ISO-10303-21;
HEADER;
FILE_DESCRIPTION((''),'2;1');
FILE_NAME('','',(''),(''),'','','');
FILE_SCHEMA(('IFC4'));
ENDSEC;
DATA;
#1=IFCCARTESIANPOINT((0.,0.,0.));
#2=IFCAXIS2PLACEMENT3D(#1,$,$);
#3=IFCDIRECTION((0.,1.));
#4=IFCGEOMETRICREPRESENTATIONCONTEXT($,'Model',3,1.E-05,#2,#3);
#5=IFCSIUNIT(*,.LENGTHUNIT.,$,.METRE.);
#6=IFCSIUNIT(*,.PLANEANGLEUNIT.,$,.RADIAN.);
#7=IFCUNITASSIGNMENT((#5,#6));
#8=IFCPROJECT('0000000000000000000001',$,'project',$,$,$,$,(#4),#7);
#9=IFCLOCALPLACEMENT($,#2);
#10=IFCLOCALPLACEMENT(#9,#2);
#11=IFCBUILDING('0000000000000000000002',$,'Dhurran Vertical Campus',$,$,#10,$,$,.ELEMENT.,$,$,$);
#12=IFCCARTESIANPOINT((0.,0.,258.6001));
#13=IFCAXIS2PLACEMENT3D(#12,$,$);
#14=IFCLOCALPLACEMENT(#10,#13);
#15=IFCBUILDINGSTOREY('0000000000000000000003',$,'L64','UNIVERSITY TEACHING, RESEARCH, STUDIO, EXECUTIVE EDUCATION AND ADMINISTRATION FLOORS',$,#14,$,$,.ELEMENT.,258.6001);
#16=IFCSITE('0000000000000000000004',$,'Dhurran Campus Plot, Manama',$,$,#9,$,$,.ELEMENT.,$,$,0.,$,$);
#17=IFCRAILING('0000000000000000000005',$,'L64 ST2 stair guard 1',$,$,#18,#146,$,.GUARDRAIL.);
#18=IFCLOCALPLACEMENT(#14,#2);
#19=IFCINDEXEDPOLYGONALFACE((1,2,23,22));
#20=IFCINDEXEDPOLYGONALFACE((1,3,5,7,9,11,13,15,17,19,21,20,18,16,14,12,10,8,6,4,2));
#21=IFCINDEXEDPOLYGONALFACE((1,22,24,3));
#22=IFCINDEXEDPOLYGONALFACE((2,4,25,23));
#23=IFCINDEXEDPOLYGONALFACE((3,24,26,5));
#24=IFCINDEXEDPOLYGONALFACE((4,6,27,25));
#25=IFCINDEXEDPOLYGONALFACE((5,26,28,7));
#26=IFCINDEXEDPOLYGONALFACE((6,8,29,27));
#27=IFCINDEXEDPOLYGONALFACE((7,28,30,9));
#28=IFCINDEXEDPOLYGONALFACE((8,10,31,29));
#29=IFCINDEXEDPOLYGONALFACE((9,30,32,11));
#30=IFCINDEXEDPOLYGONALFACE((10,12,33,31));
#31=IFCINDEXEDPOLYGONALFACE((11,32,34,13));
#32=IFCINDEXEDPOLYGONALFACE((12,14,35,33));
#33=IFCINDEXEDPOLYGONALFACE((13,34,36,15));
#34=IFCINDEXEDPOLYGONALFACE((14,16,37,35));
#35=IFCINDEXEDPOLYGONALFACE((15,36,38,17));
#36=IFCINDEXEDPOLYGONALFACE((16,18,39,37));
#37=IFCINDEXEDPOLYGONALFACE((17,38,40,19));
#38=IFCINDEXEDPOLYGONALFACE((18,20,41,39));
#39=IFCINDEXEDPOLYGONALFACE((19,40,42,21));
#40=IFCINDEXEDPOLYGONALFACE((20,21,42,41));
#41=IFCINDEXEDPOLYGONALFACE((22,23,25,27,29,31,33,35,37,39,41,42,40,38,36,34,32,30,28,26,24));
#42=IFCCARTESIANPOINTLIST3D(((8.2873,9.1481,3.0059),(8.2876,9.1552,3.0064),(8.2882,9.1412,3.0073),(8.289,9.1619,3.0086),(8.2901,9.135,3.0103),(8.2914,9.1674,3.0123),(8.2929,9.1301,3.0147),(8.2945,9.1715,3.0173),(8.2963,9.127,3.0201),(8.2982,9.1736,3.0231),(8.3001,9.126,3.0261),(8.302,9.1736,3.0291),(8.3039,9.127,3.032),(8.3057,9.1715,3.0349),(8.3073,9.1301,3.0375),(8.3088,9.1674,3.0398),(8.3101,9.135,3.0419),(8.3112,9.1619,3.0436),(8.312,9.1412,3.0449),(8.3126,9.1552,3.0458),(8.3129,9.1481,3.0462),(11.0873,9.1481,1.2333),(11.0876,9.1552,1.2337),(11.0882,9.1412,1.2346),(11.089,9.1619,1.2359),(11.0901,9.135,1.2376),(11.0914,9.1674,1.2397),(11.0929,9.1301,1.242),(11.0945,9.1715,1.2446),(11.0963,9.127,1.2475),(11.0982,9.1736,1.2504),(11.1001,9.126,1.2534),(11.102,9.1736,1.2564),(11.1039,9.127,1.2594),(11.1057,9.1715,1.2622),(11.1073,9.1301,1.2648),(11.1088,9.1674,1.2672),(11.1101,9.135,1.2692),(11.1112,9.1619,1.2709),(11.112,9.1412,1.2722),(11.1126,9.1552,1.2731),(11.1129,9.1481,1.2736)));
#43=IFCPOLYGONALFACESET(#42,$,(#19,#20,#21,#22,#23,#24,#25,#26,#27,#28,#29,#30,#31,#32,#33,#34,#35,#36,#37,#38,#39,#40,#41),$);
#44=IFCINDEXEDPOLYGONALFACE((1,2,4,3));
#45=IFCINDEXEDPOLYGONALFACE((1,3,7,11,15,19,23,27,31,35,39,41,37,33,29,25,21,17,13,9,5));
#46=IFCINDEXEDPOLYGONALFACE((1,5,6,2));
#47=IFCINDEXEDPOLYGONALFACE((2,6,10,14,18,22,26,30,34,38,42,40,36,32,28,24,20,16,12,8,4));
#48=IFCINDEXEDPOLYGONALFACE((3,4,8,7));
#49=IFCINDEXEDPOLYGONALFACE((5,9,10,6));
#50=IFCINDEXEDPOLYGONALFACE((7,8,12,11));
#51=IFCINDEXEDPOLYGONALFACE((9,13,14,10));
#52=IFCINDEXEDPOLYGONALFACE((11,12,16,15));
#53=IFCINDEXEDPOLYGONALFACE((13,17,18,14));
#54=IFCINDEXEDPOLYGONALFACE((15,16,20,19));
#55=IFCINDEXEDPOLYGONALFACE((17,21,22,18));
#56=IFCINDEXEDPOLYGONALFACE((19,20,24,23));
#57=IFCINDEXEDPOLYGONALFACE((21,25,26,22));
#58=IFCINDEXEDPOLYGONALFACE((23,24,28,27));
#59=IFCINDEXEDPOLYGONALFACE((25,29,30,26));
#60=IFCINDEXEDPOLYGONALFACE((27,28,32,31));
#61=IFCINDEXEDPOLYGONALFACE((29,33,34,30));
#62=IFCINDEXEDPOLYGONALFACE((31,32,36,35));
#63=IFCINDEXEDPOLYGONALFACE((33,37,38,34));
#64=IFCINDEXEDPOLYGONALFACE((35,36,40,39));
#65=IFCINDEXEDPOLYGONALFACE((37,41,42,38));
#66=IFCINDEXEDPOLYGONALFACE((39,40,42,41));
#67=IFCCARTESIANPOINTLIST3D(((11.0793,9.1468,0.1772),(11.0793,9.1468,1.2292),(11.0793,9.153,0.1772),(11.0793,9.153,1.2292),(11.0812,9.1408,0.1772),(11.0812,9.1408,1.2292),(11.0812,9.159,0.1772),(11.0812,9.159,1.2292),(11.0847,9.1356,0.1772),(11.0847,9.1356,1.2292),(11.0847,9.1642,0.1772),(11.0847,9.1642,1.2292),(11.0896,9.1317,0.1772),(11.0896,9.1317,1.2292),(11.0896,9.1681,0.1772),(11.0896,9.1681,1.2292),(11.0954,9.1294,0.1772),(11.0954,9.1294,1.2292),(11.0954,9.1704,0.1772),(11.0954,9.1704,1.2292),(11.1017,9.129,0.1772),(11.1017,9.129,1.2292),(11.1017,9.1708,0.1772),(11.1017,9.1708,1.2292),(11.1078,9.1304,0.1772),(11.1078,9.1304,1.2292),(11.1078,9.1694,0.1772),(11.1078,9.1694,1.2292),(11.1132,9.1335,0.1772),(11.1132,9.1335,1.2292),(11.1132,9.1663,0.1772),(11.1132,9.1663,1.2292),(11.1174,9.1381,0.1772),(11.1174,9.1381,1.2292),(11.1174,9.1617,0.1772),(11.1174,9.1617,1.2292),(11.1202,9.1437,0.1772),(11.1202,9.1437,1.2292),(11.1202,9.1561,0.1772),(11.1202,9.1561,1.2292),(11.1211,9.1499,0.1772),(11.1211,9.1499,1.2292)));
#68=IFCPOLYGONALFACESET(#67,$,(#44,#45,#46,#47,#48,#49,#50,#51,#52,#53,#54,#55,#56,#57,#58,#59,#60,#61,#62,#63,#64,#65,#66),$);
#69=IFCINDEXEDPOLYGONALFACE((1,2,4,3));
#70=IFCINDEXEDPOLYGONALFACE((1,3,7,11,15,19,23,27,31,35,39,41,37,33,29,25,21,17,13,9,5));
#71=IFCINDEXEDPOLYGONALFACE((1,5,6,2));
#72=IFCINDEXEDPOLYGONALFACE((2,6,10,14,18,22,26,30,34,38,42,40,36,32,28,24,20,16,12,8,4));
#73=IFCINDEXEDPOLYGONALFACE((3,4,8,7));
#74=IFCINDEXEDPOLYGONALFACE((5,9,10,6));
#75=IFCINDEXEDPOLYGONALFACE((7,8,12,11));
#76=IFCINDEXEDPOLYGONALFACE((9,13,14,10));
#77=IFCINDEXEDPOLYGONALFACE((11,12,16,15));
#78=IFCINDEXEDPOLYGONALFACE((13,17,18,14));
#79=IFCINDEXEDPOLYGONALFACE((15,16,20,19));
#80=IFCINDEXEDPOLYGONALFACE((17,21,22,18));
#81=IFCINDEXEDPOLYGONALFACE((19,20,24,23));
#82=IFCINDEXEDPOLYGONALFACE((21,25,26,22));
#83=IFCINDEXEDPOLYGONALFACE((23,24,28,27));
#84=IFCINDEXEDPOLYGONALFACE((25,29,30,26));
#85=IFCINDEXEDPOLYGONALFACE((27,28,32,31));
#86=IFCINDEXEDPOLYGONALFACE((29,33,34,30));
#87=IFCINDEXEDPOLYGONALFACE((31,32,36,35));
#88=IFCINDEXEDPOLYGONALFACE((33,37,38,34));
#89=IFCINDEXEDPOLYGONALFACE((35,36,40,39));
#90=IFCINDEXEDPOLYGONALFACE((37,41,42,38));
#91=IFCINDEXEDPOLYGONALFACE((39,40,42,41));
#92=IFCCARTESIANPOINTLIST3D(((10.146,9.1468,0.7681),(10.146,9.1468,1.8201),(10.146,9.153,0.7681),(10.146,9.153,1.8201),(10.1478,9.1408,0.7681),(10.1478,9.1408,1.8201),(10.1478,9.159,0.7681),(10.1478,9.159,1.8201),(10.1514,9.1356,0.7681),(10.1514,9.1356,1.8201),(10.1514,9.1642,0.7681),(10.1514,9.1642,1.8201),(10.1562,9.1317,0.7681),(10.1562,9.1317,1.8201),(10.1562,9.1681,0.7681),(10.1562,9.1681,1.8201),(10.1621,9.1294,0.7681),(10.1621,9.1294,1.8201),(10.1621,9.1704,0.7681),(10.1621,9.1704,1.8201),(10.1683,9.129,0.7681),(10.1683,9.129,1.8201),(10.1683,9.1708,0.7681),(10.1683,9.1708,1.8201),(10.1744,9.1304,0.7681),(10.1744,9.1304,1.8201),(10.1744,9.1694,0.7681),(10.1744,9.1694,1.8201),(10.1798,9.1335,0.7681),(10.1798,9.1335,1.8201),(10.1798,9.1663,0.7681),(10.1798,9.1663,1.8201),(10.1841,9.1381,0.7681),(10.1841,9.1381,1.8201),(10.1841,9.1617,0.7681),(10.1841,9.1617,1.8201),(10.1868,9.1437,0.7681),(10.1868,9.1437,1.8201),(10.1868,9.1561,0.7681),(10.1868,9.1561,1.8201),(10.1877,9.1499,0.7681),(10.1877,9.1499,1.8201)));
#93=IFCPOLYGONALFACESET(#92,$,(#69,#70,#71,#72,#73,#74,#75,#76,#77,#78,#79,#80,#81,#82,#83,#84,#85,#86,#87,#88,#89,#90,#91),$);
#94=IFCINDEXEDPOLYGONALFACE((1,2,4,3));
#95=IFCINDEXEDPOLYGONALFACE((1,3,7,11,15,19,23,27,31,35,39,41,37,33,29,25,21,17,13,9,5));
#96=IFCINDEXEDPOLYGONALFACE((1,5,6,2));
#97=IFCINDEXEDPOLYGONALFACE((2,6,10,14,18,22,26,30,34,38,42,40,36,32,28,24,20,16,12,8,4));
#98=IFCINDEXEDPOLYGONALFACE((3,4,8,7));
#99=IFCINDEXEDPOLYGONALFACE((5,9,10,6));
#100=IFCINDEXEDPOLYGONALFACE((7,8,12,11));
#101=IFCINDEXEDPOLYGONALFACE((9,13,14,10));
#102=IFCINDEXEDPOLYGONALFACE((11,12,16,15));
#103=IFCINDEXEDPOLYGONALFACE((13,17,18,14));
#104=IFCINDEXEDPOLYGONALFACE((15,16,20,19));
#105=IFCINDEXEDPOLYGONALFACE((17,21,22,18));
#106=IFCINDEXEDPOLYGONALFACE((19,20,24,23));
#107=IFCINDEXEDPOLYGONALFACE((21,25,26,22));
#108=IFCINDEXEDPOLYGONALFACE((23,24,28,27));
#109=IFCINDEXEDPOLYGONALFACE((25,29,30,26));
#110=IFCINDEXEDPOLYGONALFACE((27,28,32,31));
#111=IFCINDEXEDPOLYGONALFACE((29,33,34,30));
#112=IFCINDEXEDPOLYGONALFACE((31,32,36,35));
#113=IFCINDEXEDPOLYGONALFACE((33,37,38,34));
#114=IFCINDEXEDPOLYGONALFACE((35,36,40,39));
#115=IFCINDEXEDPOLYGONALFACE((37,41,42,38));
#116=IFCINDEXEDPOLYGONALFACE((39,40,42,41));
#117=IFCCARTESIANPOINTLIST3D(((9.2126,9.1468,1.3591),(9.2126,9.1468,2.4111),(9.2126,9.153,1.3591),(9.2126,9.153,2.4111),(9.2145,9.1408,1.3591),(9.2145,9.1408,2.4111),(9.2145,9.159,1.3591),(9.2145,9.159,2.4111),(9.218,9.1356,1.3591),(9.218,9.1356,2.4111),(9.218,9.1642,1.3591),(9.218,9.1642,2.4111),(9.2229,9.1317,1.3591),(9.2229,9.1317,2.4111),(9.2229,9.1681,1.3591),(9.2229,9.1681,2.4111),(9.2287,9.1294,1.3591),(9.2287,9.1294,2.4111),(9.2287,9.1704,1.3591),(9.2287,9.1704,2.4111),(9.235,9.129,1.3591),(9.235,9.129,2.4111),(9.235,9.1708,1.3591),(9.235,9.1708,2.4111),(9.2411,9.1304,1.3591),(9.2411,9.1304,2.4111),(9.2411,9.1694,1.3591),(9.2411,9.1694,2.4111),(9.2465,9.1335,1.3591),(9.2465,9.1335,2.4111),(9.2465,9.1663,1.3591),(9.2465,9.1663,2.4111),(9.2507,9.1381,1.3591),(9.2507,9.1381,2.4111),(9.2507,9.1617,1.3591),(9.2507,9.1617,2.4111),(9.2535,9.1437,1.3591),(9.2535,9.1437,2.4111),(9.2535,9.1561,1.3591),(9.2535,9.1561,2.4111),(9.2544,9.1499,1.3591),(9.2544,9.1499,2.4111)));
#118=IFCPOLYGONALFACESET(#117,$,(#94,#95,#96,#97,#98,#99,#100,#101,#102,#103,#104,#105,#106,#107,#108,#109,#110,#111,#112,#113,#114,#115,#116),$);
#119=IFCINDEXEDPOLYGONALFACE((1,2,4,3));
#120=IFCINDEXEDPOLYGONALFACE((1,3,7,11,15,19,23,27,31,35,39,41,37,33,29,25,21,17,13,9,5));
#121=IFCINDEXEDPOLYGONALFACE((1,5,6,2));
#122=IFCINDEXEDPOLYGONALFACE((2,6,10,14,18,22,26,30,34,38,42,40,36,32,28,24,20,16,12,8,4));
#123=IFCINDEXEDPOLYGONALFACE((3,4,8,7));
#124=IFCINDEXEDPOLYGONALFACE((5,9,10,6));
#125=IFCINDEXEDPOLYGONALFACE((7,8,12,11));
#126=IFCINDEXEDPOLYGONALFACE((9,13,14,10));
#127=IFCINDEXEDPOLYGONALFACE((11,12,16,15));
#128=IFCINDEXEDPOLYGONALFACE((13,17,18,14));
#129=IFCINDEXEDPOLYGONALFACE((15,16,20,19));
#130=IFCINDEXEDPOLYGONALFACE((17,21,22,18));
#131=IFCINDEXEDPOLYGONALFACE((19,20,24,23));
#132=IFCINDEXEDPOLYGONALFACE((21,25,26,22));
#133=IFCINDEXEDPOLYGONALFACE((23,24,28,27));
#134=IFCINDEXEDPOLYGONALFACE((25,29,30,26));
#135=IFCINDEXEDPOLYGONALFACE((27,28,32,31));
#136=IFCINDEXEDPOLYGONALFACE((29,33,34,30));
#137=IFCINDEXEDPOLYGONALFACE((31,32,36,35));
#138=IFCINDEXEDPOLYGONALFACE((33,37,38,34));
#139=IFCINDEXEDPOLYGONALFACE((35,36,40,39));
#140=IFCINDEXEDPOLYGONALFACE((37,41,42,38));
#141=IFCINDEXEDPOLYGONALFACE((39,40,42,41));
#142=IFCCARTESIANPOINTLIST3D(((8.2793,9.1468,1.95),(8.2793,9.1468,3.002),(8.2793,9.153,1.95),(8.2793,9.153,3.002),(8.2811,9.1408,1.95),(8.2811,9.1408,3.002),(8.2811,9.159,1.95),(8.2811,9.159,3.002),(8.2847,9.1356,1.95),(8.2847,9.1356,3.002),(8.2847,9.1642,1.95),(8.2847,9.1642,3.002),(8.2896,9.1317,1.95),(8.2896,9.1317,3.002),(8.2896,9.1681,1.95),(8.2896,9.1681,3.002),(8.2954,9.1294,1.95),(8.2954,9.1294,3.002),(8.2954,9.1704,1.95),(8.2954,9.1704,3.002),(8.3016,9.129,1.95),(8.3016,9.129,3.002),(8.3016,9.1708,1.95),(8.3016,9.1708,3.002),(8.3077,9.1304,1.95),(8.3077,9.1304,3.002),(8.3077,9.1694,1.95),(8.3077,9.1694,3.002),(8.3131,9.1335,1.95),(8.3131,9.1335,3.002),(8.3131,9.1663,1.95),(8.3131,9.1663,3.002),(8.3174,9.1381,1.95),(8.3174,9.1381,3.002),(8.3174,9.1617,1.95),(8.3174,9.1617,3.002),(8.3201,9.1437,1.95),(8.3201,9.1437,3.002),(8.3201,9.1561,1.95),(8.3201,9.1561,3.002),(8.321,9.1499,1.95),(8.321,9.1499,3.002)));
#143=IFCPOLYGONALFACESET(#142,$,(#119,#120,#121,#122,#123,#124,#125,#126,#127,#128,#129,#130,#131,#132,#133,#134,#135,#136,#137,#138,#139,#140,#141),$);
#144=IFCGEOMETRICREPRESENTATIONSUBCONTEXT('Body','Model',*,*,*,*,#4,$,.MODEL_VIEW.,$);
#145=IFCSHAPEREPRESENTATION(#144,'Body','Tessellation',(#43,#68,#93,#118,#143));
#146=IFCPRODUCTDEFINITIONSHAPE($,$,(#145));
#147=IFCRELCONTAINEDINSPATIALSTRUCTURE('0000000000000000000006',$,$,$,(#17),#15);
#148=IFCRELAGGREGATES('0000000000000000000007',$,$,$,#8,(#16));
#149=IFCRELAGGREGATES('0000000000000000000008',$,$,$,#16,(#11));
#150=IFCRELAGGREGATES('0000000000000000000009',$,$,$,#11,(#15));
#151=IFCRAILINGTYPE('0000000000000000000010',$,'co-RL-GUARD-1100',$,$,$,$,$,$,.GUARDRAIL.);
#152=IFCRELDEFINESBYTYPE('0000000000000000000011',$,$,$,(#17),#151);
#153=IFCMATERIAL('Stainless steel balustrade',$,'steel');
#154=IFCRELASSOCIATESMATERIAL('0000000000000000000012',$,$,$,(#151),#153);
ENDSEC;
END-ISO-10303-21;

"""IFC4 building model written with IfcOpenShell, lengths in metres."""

from ifc_helpers import new_model, si_unit, direction, frame, origin, origin_2d, place, context, subcontext, project, spatial, circle, extrude, material, type_object, element, save


model = new_model("IFC4")

# Units and contexts
model_context = context("Model", 3, precision=1e-05, world=origin(), true_north=direction((0.0, 1.0)))
body_context = subcontext(model_context, "Body", "Model", "MODEL_VIEW")
ifc_project = project(units=[si_unit("LENGTHUNIT", "METRE"), si_unit("PLANEANGLEUNIT", "RADIAN")], contexts=[model_context])

# Site, building, storey
site_placement = place(None, origin())
site = spatial("IfcSite", under=ifc_project, at=site_placement, Name="Dhurran Campus Plot, Manama", CompositionType="ELEMENT", RefElevation=0.0)
building_placement = place(site_placement, origin())
building = spatial("IfcBuilding", under=site, at=building_placement, Name="Dhurran Vertical Campus", CompositionType="ELEMENT")
storey_placement = place(building_placement, frame((0.0, 0.0, 258.6001)))
storey = spatial("IfcBuildingStorey", under=building, at=storey_placement, Name="L64", Description="UNIVERSITY TEACHING, RESEARCH, STUDIO, EXECUTIVE EDUCATION AND ADMINISTRATION FLOORS", CompositionType="ELEMENT", Elevation=258.6001)

# Railing
ifc_material_1 = material(Name="Stainless steel balustrade", Category="steel")
railing_type_1 = type_object("IfcRailingType", Name="co-RL-GUARD-1100", PredefinedType="GUARDRAIL", material=ifc_material_1)
railing_1_placement = place(storey_placement, frame((11.1001, 9.1499, 0.1772)))
element("IfcRailing", 1, at=railing_1_placement, inside=storey, type_object=railing_type_1, Name="L64 ST2 stair guard 1", PredefinedType="GUARDRAIL", context=body_context, shape_type="SweptSolid", body=[
    extrude(circle(Radius=0.0239, at=origin_2d()), frame((0.0, 0.0, 1.0762), z_axis=(-0.844909, 0.0, 0.53491), x_axis=(0.0, -1.0, 0.0)), (0.0, 0.0, 1.0), 3.314),
    extrude(circle(Radius=0.021, at=origin_2d()), origin(), (0.0, 0.0, 1.0), 1.052),
    extrude(circle(Radius=0.021, at=origin_2d()), frame((-0.9333, 0.0, 0.5908)), (0.0, 0.0, 1.0), 1.052),
    extrude(circle(Radius=0.021, at=origin_2d()), frame((-1.8667, 0.0, 1.1819)), (0.0, 0.0, 1.0), 1.052),
    extrude(circle(Radius=0.021, at=origin_2d()), frame((-2.8, 0.0, 1.7727)), (0.0, 0.0, 1.0), 1.052),
])

save(model, "model.ifc")
